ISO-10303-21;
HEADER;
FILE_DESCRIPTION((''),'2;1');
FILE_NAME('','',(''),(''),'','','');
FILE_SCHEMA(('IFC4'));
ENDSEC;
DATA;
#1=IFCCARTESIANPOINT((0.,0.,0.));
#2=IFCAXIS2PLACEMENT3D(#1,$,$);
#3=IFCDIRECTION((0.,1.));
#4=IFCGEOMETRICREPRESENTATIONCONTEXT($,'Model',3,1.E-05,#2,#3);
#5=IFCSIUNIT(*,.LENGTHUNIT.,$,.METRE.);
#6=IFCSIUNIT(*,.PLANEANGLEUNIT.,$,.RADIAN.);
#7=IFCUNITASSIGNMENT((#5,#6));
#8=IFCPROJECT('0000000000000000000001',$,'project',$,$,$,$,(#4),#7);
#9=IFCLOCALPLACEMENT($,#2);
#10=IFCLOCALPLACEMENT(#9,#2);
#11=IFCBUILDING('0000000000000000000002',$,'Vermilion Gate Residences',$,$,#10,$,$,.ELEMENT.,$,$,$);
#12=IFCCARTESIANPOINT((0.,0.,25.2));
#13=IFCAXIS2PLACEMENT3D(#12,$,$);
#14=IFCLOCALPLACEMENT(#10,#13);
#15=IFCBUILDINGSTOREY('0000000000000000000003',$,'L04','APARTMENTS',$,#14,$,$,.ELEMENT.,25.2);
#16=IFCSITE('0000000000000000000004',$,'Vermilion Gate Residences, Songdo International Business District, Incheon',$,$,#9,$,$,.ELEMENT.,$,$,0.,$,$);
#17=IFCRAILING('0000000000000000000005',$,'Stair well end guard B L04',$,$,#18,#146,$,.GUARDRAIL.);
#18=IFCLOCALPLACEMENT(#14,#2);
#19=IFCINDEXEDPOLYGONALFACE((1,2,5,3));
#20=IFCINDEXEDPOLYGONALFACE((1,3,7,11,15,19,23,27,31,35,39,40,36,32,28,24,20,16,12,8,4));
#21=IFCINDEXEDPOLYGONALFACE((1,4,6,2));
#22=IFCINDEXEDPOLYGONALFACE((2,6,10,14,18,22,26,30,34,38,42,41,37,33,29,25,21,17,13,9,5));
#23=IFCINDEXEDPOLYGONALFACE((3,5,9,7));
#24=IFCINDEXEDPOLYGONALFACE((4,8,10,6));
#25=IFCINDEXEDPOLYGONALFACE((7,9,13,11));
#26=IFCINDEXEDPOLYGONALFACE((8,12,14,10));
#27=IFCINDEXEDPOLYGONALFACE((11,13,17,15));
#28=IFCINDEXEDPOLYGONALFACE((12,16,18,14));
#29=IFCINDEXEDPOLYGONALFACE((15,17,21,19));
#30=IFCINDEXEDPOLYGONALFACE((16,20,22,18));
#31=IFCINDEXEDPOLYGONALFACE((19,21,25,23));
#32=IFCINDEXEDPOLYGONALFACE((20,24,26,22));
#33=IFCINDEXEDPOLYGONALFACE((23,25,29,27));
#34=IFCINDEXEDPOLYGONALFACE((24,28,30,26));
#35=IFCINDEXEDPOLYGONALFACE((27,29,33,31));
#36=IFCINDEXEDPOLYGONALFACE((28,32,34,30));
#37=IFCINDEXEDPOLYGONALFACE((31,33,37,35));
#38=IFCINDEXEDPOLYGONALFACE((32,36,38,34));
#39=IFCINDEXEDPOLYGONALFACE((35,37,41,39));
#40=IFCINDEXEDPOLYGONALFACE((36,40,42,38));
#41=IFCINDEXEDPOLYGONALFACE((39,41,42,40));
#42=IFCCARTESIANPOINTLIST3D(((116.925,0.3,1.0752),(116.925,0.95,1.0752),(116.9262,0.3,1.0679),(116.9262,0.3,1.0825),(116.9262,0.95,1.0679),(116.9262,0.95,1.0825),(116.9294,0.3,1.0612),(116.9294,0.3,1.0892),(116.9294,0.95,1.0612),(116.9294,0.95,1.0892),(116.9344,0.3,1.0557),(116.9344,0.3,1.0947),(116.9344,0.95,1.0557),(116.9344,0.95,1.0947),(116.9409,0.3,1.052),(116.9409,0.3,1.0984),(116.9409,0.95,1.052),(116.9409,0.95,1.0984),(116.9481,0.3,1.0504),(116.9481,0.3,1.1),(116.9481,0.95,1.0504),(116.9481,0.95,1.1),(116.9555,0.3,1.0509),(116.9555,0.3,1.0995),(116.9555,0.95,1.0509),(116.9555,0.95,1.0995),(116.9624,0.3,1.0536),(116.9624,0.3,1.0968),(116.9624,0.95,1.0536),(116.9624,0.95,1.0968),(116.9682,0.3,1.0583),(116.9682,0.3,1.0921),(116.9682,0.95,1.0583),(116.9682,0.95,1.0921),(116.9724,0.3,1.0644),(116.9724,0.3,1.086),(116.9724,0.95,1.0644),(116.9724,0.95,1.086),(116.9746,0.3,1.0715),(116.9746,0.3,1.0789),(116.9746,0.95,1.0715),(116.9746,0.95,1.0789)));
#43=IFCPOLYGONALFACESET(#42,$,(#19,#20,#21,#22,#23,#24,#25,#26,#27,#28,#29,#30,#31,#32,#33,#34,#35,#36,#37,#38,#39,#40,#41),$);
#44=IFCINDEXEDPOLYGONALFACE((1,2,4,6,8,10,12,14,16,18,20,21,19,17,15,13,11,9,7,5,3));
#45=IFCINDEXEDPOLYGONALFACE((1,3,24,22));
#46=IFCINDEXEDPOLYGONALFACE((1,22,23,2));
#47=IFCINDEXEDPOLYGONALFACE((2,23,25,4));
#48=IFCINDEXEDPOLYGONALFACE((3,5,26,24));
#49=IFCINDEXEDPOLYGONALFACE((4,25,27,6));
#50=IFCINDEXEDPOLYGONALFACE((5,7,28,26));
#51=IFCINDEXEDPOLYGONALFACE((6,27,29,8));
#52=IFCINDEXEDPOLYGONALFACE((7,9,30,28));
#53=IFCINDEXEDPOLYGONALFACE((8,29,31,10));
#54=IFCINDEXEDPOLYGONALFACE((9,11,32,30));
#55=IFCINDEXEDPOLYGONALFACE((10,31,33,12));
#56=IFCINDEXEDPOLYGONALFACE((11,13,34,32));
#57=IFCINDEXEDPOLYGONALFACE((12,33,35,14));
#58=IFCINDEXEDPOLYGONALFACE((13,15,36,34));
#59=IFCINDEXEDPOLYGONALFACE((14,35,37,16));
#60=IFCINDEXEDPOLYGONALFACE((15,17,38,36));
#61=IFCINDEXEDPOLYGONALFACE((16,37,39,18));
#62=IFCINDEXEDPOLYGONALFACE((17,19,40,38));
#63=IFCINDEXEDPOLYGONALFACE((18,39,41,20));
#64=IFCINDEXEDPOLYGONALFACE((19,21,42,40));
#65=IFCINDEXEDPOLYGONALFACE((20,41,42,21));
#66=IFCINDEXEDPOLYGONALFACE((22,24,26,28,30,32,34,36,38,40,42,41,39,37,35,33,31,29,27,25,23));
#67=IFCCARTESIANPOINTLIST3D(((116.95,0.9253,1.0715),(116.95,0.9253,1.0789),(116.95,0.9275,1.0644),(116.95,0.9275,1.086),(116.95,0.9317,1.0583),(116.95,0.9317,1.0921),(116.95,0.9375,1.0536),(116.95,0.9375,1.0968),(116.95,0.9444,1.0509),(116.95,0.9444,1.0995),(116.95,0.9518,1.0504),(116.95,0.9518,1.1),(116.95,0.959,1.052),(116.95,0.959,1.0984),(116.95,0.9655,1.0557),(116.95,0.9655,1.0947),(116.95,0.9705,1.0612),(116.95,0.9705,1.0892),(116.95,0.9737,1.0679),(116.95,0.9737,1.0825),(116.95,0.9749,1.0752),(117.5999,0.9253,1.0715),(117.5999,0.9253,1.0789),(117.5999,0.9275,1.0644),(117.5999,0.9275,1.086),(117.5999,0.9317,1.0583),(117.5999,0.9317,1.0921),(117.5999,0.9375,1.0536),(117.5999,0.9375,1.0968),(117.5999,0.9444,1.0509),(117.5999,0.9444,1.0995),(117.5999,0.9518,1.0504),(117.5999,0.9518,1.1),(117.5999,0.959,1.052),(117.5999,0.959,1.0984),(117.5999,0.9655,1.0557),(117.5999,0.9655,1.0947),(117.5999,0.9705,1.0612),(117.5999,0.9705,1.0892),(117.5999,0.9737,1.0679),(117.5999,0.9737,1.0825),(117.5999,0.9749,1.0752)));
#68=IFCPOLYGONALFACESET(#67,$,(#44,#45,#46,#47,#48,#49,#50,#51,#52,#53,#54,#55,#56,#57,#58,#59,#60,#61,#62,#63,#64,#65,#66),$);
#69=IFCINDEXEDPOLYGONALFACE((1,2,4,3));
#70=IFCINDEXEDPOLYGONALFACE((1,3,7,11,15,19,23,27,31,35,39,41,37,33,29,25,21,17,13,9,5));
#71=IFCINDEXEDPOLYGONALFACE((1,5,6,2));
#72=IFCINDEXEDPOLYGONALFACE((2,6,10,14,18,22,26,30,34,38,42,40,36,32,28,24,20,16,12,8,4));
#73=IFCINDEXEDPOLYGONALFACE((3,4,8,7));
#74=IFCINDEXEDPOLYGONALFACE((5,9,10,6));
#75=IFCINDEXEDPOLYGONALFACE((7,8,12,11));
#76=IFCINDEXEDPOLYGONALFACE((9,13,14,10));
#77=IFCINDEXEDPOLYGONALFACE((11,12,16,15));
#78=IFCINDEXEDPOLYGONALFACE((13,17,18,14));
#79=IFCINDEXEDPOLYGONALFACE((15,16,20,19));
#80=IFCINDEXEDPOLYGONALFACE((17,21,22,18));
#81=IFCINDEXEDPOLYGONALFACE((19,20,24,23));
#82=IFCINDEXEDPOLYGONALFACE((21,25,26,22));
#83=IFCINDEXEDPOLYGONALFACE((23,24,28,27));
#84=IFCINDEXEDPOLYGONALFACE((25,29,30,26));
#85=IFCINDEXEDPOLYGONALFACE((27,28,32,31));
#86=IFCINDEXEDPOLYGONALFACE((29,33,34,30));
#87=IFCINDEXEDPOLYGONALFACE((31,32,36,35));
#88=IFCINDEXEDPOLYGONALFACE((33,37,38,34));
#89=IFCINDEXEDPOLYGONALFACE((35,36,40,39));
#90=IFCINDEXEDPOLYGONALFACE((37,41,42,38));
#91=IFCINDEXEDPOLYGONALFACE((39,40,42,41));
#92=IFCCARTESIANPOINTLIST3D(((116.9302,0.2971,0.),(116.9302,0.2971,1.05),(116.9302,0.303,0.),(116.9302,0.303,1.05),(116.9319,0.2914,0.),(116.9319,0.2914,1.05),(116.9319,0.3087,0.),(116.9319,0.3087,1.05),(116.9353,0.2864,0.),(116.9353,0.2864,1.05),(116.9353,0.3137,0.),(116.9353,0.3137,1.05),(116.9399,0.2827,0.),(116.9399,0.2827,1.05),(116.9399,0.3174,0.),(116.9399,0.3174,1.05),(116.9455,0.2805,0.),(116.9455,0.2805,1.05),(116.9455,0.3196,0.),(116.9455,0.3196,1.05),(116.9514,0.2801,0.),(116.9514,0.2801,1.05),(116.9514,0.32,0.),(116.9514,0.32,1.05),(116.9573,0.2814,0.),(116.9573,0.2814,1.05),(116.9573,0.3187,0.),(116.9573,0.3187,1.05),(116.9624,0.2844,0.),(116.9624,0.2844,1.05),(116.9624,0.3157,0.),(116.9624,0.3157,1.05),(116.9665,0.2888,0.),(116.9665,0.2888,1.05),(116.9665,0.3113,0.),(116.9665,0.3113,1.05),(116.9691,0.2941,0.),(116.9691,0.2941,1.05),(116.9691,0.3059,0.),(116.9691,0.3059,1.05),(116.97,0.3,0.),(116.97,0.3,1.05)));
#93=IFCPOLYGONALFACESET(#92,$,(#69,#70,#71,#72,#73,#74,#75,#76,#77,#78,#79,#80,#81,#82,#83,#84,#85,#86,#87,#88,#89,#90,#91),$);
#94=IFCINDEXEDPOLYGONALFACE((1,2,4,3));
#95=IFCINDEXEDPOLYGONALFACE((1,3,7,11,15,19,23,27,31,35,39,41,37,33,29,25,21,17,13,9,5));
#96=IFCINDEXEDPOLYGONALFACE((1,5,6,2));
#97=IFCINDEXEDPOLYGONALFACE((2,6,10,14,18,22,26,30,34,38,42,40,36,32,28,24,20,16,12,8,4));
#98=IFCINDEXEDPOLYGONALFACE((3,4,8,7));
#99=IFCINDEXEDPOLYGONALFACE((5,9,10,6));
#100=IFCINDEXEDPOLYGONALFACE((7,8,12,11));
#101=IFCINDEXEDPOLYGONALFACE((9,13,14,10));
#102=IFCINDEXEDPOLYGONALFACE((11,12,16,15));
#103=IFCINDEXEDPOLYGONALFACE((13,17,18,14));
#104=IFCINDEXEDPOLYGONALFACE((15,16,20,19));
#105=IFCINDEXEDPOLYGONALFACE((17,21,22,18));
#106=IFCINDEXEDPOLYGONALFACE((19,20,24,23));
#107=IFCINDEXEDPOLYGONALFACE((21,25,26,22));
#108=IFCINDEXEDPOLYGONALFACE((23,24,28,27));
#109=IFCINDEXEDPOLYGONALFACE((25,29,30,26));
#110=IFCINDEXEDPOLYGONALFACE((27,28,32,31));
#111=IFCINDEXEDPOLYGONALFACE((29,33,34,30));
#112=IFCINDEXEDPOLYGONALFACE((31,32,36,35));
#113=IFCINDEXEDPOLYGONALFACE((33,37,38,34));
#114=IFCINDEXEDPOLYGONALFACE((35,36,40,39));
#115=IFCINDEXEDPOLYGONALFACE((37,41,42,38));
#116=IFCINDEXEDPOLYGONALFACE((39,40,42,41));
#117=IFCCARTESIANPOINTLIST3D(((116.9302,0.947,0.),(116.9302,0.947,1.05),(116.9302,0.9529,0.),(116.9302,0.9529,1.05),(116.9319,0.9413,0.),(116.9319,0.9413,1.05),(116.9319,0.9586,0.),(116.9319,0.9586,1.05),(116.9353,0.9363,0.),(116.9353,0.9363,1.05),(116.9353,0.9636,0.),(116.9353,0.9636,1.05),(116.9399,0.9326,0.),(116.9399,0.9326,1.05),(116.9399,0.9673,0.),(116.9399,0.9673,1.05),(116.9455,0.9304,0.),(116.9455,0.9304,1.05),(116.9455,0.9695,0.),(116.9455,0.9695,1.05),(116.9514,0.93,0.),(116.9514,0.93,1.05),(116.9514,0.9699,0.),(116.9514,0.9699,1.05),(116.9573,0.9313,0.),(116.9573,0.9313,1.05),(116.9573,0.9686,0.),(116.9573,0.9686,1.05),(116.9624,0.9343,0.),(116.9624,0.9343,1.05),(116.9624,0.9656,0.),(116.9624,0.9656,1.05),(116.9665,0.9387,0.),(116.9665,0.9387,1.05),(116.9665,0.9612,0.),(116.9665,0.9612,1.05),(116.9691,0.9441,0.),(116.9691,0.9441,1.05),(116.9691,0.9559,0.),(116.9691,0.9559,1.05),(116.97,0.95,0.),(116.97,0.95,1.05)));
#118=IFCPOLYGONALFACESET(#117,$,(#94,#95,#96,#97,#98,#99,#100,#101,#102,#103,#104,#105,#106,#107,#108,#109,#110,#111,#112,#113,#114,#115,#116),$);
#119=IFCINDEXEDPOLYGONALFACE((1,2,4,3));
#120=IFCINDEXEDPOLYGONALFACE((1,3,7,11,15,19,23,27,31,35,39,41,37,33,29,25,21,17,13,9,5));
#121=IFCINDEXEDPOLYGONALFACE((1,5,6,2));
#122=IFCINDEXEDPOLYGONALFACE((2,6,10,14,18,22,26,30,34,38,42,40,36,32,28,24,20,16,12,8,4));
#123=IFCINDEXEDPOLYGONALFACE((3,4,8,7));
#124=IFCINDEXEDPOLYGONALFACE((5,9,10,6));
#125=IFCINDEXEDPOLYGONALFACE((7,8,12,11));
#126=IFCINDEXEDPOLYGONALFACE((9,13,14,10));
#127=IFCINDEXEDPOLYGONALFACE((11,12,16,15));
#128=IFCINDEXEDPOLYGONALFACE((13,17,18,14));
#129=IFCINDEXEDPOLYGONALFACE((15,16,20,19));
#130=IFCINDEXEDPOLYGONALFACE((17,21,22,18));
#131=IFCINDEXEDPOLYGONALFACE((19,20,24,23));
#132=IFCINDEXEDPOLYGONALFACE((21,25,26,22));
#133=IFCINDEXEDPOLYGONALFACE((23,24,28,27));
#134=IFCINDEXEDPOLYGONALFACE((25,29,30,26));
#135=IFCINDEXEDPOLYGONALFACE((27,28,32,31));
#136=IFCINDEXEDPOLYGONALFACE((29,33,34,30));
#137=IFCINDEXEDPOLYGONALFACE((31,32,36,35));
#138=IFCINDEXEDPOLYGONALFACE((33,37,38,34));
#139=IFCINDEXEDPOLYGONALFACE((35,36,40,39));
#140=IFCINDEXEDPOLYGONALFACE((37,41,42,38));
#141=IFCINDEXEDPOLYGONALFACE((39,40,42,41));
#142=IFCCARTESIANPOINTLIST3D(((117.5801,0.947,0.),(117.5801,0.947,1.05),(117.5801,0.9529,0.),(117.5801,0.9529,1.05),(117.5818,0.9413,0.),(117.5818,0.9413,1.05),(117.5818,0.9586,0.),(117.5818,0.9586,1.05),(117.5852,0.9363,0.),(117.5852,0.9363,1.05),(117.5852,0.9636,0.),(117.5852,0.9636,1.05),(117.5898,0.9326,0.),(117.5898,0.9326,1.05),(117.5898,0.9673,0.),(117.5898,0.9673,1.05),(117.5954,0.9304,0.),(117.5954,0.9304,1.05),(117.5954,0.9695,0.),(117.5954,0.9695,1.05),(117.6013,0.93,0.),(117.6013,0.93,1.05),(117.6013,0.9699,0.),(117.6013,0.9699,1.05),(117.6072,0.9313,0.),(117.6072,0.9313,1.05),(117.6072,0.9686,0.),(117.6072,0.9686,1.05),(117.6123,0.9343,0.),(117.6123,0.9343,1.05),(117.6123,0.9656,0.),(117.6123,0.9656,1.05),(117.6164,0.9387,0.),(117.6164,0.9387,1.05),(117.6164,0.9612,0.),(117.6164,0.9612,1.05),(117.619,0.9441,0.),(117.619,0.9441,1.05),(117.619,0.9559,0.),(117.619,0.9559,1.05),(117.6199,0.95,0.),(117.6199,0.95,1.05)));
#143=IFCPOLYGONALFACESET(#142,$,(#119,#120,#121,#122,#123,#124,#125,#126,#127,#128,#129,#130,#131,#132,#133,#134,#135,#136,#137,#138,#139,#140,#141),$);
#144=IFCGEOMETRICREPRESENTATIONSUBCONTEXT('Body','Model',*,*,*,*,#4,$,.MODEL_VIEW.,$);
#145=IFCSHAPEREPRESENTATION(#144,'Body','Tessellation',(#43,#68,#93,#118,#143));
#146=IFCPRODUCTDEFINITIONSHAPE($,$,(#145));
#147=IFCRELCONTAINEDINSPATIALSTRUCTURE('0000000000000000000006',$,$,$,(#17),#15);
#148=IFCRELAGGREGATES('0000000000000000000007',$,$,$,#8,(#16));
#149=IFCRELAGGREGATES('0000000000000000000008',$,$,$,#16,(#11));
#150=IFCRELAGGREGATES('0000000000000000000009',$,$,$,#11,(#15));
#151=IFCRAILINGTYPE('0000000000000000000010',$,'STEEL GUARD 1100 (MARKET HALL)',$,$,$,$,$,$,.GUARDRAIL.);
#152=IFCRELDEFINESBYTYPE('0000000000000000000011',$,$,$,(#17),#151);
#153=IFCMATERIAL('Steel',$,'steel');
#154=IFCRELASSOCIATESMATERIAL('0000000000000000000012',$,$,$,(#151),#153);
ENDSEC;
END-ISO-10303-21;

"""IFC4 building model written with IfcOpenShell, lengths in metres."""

from ifc_helpers import new_model, si_unit, direction, frame, origin, origin_2d, place, context, subcontext, project, spatial, circle, extrude, material, type_object, element, save


model = new_model("IFC4")

# Units and contexts
model_context = context("Model", 3, precision=1e-05, world=origin(), true_north=direction((0.0, 1.0)))
body_context = subcontext(model_context, "Body", "Model", "MODEL_VIEW")
ifc_project = project(units=[si_unit("LENGTHUNIT", "METRE"), si_unit("PLANEANGLEUNIT", "RADIAN")], contexts=[model_context])

# Site, building, storey
site_placement = place(None, origin())
site = spatial("IfcSite", under=ifc_project, at=site_placement, Name="Vermilion Gate Residences, Songdo International Business District, Incheon", CompositionType="ELEMENT", RefElevation=0.0)
building_placement = place(site_placement, origin())
building = spatial("IfcBuilding", under=site, at=building_placement, Name="Vermilion Gate Residences", CompositionType="ELEMENT")
storey_placement = place(building_placement, frame((0.0, 0.0, 25.2)))
storey = spatial("IfcBuildingStorey", under=building, at=storey_placement, Name="L04", Description="APARTMENTS", CompositionType="ELEMENT", Elevation=25.2)

# Railing
ifc_material_1 = material(Name="Steel", Category="steel")
railing_type = type_object("IfcRailingType", Name="STEEL GUARD 1100 (MARKET HALL)", PredefinedType="GUARDRAIL", material=ifc_material_1)
railing_1_placement = place(storey_placement, frame((116.95, 0.3, 0.0)))
element("IfcRailing", 1, at=railing_1_placement, inside=storey, type_object=railing_type, Name="Stair well end guard B L04", PredefinedType="GUARDRAIL", context=body_context, shape_type="SweptSolid", body=[
    extrude(circle(Radius=0.0249, at=origin_2d()), frame((0.0, 0.0, 1.0752), z_axis=(0.0, 1.0, 0.0), x_axis=(-1.0, 0.0, 0.0)), (0.0, 0.0, 1.0), 0.6499),
    extrude(circle(Radius=0.0249, at=origin_2d()), frame((0.0, 0.6499, 1.0752), z_axis=(1.0, 0.0, 0.0), x_axis=(0.0, 1.0, 0.0)), (0.0, 0.0, 1.0), 0.6499),
    extrude(circle(Radius=0.02, at=origin_2d()), origin(), (0.0, 0.0, 1.0), 1.05),
    extrude(circle(Radius=0.02, at=origin_2d()), frame((0.0, 0.6499, 0.0)), (0.0, 0.0, 1.0), 1.05),
    extrude(circle(Radius=0.02, at=origin_2d()), frame((0.6499, 0.6499, 0.0)), (0.0, 0.0, 1.0), 1.05),
])

save(model, "model.ifc")
